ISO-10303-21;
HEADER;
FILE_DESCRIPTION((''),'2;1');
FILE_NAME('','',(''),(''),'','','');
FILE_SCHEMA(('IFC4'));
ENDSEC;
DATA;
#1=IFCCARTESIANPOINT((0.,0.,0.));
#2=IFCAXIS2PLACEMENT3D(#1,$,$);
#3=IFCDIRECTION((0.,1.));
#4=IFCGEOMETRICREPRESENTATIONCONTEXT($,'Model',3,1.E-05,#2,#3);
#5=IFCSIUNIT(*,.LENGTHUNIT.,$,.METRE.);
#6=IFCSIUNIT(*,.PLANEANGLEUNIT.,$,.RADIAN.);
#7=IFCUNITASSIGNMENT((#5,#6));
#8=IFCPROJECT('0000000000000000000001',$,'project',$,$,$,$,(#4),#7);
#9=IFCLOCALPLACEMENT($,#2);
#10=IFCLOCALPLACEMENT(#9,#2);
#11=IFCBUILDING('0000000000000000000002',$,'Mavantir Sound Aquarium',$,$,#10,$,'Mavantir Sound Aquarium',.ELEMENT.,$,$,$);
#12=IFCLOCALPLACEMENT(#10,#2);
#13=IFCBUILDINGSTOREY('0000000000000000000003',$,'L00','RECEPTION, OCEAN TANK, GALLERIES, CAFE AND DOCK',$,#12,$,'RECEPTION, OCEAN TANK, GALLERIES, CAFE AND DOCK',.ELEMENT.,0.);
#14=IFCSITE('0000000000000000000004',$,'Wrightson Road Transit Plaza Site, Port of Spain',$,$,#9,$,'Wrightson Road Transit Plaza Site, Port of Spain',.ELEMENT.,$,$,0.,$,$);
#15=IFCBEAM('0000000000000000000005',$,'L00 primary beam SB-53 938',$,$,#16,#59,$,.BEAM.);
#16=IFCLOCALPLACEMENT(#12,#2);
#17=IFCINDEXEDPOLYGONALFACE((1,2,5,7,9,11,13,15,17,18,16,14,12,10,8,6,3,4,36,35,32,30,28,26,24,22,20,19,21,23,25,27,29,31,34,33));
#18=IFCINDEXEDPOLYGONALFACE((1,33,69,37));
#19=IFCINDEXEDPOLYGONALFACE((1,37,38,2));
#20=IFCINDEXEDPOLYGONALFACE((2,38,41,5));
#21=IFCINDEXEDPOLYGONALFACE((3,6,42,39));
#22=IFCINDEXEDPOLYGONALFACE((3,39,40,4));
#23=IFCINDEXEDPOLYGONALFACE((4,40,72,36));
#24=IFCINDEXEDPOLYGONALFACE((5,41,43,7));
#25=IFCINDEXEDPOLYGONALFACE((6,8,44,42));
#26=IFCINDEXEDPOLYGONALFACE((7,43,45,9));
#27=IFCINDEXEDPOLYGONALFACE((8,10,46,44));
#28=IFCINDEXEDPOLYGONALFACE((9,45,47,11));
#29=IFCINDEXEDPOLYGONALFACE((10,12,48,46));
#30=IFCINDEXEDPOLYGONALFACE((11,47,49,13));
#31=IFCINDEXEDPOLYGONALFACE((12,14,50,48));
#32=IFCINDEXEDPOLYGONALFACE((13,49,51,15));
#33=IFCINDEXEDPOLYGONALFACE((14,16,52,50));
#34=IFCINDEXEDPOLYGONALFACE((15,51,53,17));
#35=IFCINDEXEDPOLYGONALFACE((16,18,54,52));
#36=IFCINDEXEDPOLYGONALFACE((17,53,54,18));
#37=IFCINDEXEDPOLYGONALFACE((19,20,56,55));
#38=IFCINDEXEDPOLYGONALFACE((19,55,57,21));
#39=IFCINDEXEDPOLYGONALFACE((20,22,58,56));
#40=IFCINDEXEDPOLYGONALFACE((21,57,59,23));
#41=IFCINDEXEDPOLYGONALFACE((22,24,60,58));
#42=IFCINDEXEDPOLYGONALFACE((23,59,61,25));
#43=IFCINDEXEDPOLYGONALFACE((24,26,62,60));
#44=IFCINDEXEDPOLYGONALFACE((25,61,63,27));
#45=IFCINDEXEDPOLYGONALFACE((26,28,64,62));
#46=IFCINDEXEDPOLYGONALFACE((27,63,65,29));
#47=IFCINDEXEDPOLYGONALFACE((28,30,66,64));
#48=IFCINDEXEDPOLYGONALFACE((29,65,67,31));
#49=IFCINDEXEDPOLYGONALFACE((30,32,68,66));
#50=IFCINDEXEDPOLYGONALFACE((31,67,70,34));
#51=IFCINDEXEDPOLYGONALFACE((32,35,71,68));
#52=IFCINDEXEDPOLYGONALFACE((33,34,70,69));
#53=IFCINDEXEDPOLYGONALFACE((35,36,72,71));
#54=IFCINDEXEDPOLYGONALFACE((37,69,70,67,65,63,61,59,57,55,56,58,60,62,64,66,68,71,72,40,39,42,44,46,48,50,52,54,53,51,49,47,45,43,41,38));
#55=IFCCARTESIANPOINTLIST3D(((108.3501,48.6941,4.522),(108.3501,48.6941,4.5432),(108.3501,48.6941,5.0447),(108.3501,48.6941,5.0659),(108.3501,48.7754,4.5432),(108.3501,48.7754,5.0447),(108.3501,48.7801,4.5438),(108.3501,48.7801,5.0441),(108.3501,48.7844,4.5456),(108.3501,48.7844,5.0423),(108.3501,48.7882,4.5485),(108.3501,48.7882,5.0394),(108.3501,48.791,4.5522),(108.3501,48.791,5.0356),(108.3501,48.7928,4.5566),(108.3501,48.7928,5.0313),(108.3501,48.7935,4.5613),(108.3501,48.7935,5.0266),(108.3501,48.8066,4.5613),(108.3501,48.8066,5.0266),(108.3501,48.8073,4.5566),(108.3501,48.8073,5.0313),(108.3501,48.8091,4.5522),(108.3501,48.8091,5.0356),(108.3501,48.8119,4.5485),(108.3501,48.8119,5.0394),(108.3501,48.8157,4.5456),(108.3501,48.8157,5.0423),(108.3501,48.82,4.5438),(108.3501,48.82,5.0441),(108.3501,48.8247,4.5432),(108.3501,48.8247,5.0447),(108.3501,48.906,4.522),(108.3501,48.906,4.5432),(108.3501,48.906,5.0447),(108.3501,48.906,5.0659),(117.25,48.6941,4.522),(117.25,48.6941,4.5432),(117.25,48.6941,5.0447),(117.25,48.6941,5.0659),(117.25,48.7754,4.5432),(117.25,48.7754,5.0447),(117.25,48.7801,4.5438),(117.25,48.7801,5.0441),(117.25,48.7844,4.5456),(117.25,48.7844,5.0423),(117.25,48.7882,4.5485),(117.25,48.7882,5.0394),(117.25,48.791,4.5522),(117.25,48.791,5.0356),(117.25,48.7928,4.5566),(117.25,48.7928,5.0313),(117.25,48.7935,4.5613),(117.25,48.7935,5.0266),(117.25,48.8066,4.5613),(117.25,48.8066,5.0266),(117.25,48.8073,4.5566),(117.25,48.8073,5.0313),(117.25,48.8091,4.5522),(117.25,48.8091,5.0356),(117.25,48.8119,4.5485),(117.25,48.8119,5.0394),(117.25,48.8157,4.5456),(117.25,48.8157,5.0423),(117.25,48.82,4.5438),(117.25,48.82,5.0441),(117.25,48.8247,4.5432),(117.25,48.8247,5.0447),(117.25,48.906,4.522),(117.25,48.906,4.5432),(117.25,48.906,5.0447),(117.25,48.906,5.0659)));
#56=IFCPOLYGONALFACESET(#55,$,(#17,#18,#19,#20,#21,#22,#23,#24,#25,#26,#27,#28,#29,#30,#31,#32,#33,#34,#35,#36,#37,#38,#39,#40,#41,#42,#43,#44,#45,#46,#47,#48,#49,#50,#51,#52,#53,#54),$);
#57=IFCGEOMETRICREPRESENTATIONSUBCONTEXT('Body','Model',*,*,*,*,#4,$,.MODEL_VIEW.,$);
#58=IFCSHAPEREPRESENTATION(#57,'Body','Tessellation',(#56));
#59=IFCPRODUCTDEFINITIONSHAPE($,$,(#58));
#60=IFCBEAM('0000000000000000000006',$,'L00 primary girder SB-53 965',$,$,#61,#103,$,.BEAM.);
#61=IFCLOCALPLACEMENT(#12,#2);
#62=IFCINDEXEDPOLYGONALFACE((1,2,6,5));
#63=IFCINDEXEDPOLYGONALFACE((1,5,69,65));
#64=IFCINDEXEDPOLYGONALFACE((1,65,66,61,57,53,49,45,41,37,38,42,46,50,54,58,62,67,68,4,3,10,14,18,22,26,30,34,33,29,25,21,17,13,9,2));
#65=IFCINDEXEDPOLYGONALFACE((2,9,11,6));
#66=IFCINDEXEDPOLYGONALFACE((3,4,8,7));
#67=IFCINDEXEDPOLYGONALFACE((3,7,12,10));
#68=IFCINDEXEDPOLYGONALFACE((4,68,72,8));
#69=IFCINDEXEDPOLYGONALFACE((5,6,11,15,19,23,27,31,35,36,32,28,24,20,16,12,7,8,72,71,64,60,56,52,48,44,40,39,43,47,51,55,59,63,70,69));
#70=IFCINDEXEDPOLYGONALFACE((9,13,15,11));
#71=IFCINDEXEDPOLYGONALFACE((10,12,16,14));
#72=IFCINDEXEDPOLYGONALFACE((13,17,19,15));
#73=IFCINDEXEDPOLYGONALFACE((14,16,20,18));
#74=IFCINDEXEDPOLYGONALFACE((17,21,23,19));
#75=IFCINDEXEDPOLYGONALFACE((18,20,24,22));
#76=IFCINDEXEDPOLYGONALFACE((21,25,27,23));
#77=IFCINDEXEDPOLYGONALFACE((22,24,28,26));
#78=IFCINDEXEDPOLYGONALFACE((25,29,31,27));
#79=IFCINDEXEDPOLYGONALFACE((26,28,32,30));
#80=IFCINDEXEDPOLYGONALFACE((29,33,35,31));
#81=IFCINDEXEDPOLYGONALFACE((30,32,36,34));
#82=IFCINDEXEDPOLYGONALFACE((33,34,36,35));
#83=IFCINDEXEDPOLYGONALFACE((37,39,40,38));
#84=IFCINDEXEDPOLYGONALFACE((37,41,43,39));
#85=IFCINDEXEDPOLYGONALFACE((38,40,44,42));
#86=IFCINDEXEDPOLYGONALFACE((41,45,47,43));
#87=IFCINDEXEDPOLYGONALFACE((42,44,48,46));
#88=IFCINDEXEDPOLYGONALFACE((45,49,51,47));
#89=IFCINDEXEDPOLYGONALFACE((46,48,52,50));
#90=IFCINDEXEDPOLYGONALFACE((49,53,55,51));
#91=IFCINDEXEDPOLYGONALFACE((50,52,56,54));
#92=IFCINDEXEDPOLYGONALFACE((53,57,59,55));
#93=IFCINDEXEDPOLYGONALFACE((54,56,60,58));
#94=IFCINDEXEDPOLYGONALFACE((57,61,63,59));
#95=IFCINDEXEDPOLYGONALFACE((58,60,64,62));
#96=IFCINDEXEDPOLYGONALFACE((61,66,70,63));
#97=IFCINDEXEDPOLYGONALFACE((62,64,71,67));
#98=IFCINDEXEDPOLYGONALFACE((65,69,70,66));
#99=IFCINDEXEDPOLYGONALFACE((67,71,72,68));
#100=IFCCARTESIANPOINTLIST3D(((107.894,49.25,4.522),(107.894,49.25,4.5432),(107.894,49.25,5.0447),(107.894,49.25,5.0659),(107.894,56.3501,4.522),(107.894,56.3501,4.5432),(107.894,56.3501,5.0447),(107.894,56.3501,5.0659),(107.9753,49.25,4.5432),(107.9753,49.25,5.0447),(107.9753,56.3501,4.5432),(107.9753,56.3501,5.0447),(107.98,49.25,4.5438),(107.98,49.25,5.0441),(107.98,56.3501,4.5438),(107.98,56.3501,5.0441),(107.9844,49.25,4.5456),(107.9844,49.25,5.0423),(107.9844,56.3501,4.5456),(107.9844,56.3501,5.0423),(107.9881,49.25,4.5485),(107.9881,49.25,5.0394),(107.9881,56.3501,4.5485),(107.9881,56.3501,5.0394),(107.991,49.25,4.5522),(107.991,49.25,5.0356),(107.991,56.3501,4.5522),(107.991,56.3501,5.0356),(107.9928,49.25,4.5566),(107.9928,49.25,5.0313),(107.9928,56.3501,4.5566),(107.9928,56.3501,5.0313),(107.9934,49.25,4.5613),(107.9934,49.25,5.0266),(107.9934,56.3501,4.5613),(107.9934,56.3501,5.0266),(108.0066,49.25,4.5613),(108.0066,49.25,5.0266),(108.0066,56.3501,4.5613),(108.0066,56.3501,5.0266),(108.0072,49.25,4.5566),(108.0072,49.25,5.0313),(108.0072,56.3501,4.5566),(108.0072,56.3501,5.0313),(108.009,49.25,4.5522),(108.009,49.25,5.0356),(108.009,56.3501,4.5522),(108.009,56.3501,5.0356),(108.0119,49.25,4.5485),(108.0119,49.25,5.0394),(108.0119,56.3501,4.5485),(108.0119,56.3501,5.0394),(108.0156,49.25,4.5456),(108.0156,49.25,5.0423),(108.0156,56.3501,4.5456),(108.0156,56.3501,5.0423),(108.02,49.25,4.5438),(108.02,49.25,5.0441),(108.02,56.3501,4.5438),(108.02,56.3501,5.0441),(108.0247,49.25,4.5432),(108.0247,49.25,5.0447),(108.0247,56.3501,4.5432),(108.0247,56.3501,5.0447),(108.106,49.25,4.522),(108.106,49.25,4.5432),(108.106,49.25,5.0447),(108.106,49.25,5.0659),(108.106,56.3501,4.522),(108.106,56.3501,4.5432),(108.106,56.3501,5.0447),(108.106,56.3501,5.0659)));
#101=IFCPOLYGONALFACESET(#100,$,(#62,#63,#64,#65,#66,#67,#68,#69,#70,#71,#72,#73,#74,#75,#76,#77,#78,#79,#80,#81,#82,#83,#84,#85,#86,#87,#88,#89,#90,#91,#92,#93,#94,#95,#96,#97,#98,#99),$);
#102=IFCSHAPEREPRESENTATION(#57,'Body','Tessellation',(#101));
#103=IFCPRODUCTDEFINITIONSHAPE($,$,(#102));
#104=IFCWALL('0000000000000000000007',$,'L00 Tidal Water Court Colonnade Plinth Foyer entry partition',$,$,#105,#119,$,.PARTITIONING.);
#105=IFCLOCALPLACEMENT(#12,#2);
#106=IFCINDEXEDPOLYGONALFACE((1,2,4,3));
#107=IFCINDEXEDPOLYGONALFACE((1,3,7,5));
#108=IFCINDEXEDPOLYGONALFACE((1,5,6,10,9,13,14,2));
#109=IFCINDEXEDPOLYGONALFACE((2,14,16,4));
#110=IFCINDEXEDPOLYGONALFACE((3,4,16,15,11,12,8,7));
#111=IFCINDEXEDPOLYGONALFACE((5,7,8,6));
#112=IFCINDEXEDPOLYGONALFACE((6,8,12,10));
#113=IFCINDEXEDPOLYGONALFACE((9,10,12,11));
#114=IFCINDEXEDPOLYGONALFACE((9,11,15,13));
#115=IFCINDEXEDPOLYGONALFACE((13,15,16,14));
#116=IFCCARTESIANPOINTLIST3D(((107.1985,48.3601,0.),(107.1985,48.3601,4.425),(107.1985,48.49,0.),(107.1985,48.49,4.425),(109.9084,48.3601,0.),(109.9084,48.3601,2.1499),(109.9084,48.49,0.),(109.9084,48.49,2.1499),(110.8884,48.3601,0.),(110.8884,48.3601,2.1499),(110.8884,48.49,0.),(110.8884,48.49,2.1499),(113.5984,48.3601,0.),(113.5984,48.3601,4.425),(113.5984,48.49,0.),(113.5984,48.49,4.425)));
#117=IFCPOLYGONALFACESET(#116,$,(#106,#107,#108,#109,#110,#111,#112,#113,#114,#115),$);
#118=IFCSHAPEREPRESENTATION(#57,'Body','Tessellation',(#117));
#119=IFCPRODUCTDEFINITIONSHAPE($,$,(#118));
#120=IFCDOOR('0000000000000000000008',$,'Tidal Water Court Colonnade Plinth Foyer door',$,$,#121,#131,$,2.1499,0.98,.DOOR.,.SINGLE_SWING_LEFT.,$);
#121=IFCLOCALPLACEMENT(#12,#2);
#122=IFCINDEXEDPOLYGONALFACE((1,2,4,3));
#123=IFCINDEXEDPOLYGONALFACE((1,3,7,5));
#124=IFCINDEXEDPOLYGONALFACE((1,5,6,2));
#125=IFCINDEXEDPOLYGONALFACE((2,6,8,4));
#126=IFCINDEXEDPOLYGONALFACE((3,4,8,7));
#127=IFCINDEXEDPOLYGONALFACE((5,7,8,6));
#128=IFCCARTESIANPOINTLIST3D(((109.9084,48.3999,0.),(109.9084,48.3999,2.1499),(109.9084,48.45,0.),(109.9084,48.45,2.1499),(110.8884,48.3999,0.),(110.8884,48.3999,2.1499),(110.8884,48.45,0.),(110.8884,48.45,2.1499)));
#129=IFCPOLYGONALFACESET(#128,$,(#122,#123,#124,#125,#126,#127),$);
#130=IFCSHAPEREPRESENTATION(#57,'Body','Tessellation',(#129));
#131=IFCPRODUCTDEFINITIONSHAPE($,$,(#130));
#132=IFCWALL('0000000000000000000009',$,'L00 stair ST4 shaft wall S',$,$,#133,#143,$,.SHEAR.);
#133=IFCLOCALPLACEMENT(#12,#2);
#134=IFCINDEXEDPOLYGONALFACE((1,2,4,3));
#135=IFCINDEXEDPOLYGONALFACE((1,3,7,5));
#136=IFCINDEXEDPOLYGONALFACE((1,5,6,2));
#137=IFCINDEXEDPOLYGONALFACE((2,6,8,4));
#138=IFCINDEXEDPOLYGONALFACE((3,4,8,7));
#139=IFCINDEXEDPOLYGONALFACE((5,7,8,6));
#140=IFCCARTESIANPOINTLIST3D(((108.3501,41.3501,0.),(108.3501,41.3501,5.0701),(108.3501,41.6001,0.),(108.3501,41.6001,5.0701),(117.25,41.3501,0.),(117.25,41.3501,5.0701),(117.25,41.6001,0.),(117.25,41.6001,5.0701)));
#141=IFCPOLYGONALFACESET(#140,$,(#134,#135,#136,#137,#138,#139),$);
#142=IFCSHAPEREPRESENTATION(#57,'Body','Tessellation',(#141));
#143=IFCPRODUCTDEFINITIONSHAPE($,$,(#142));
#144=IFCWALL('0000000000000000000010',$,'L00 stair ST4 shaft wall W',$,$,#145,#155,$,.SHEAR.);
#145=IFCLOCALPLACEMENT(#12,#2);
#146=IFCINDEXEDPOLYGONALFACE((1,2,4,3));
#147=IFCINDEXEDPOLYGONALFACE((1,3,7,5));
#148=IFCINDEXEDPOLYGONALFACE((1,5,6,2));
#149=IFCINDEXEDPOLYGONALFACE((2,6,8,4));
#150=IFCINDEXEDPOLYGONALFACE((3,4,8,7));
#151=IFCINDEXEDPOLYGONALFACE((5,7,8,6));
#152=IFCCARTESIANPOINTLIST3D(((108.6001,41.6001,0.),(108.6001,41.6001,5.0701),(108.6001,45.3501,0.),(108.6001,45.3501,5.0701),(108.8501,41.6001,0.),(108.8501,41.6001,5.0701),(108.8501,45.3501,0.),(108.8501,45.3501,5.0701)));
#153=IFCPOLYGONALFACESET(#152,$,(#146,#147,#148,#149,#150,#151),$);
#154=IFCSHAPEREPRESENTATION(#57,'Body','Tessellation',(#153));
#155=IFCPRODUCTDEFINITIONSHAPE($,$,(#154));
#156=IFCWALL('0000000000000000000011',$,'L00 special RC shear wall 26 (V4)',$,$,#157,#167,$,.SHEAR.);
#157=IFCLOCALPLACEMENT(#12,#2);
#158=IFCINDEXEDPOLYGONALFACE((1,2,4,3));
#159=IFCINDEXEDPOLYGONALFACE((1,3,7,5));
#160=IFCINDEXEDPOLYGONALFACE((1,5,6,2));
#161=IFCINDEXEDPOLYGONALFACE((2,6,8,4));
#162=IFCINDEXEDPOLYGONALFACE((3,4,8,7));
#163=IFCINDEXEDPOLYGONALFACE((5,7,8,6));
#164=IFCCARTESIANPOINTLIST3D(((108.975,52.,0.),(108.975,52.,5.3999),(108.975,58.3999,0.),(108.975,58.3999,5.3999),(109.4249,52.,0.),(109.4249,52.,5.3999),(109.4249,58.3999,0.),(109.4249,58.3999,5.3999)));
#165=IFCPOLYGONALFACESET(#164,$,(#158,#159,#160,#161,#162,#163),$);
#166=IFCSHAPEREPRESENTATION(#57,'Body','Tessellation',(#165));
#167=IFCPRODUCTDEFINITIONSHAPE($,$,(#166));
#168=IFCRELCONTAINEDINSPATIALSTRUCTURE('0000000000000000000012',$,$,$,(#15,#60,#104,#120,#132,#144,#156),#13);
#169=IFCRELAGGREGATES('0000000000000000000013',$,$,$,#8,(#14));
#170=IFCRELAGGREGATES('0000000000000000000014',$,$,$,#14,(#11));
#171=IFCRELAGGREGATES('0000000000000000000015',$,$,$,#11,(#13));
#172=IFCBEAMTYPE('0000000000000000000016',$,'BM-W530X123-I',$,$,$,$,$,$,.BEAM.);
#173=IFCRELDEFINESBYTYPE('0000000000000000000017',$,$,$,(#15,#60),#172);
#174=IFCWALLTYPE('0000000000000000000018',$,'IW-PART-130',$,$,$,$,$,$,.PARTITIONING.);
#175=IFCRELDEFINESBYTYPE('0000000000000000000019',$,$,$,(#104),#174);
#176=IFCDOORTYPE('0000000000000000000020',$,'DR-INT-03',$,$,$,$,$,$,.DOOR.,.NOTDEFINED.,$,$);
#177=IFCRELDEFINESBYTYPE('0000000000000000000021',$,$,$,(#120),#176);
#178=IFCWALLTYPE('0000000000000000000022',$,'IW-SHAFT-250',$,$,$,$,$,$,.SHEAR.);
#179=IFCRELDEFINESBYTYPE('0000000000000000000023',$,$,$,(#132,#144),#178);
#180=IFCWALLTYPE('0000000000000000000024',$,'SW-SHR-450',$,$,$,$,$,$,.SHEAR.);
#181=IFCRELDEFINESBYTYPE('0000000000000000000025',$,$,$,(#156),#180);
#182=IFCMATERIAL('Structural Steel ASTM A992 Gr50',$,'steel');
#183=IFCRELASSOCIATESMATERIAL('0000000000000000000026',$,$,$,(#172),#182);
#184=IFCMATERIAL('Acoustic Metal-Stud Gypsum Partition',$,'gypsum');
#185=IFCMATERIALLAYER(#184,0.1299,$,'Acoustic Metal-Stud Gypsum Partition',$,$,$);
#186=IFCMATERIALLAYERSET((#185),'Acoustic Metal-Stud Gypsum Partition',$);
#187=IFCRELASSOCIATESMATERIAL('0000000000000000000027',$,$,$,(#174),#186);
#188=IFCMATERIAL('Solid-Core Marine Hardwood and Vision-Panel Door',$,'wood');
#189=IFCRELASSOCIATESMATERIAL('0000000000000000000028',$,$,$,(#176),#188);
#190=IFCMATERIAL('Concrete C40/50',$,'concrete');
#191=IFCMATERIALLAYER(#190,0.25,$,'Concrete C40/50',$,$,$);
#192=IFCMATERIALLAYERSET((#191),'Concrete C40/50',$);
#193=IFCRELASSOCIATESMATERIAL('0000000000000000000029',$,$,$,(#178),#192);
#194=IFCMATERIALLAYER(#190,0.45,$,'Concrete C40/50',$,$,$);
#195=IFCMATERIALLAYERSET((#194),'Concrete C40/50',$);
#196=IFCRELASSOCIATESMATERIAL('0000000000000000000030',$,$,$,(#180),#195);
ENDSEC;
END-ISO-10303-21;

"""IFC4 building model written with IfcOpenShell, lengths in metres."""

from ifc_helpers import new_model, si_unit, direction, frame, frame_2d, origin, origin_2d, place, context, subcontext, project, spatial, rectangle, i_section, extrude, material, layer, layer_set, material_profile, profile_set, type_object, element, fill, save


model = new_model("IFC4")

# Units and contexts
model_context = context("Model", 3, precision=1e-05, world=origin(), true_north=direction((0.0, 1.0)))
body_context = subcontext(model_context, "Body", "Model", "MODEL_VIEW")
ifc_project = project(units=[si_unit("LENGTHUNIT", "METRE"), si_unit("PLANEANGLEUNIT", "RADIAN")], contexts=[model_context])

# Site, building, storey
site_placement = place(None, origin())
site = spatial("IfcSite", under=ifc_project, at=site_placement, Name="Wrightson Road Transit Plaza Site, Port of Spain", LongName="Wrightson Road Transit Plaza Site, Port of Spain", CompositionType="ELEMENT", RefElevation=0.0)
building_placement = place(site_placement, origin())
building = spatial("IfcBuilding", under=site, at=building_placement, Name="Mavantir Sound Aquarium", LongName="Mavantir Sound Aquarium", CompositionType="ELEMENT")
storey_placement = place(building_placement, origin())
storey = spatial("IfcBuildingStorey", under=building, at=storey_placement, Name="L00", Description="RECEPTION, OCEAN TANK, GALLERIES, CAFE AND DOCK", LongName="RECEPTION, OCEAN TANK, GALLERIES, CAFE AND DOCK", CompositionType="ELEMENT", Elevation=0.0)

# Shared definitions
ifc_material_1 = material(Name="Concrete C40/50", Category="concrete")

# Beams
ifc_material_2 = material(Name="Structural Steel ASTM A992 Gr50", Category="steel")
ifc_material_profile_1 = material_profile(ifc_material_2, i_section(OverallWidth=0.2119, OverallDepth=0.5439, WebThickness=0.0132, FlangeThickness=0.0212, FilletRadius=0.0181, at=origin_2d()), Name="W530X123")
ifc_profile_set_1 = profile_set([ifc_material_profile_1], Name="Structural Steel ASTM A992 Gr50")
beam_type_1 = type_object("IfcBeamType", Name="BM-W530X123-I", PredefinedType="BEAM", material=ifc_profile_set_1)
beam_1_placement = place(storey_placement, frame((108.3501, 48.8, 4.7939), z_axis=(1.0, 0.0, 0.0), x_axis=(0.0, 1.0, 0.0)))
element("IfcBeam", 1, at=beam_1_placement, inside=storey, type_object=beam_type_1, Name="L00 primary beam SB-53 938", PredefinedType="BEAM", context=body_context, shape_type="SweptSolid", body=[
    extrude(i_section(OverallWidth=0.2119, OverallDepth=0.5439, WebThickness=0.0132, FlangeThickness=0.0212, FilletRadius=0.0181, at=origin_2d()), origin(), (0.0, 0.0, 1.0), 8.8999),
])
beam_2_placement = place(storey_placement, frame((108.0, 49.25, 4.7939), z_axis=(0.0, 1.0, 0.0), x_axis=(-1.0, 0.0, 0.0)))
element("IfcBeam", 2, at=beam_2_placement, inside=storey, type_object=beam_type_1, Name="L00 primary girder SB-53 965", PredefinedType="BEAM", context=body_context, shape_type="SweptSolid", body=[
    extrude(i_section(OverallWidth=0.2119, OverallDepth=0.5439, WebThickness=0.0132, FlangeThickness=0.0212, FilletRadius=0.0181, at=origin_2d()), origin(), (0.0, 0.0, 1.0), 7.1001),
])

# Wall, opening, door
ifc_material_3 = material(Name="Acoustic Metal-Stud Gypsum Partition", Category="gypsum")
ifc_layer_1 = layer(ifc_material_3, 0.1299, Name="Acoustic Metal-Stud Gypsum Partition")
ifc_layer_set_1 = layer_set([ifc_layer_1], Name="Acoustic Metal-Stud Gypsum Partition")
wall_type_1 = type_object("IfcWallType", Name="IW-PART-130", PredefinedType="PARTITIONING", material=ifc_layer_set_1)
wall_1_placement = place(storey_placement, frame((107.1985, 48.425, 0.0), z_axis=(0.0, 0.0, 1.0), x_axis=(1.0, 0.0, 0.0)))
wall_1 = element("IfcWall", 3, at=wall_1_placement, inside=storey, type_object=wall_type_1, Name="L00 Tidal Water Court Colonnade Plinth Foyer entry partition", PredefinedType="PARTITIONING", context=body_context, shape_type="SweptSolid", body=[
    extrude(rectangle(XDim=6.3999, YDim=0.1299, at=frame_2d((3.2, 0.0))), origin(), (0.0, 0.0, 1.0), 4.425),
])
opening_placement = place(wall_1_placement, frame((2.71, 0.0, 0.0)))
opening = element("IfcOpeningElement", 4, at=opening_placement, cuts=wall_1, PredefinedType="OPENING", context=body_context, shape_type="SweptSolid", body=[
    extrude(rectangle(XDim=0.98, YDim=2.1499, at=frame_2d((0.49, 1.075))), frame((0.0, 0.075, 0.0), z_axis=(0.0, -1.0, 0.0), x_axis=(1.0, 0.0, 0.0)), (0.0, 0.0, 1.0), 0.1499),
])
ifc_material_4 = material(Name="Solid-Core Marine Hardwood and Vision-Panel Door", Category="wood")
door_type = type_object("IfcDoorType", Name="DR-INT-03", OperationType="NOTDEFINED", PredefinedType="DOOR", material=ifc_material_4)
door_placement = place(opening_placement, origin())
door = element("IfcDoor", 5, at=door_placement, inside=storey, type_object=door_type, Name="Tidal Water Court Colonnade Plinth Foyer door", OperationType="SINGLE_SWING_LEFT", OverallHeight=2.1499, OverallWidth=0.98, PredefinedType="DOOR", context=body_context, shape_type="SweptSolid", body=[
    extrude(rectangle(XDim=0.98, YDim=2.1499, at=frame_2d((0.49, 1.075))), frame((0.0, 0.0249, 0.0), z_axis=(0.0, -1.0, 0.0), x_axis=(1.0, 0.0, 0.0)), (0.0, 0.0, 1.0), 0.05),
])
fill(opening, door)

# Walls
ifc_layer_2 = layer(ifc_material_1, 0.25, Name="Concrete C40/50")
ifc_layer_set_2 = layer_set([ifc_layer_2], Name="Concrete C40/50")
wall_type_2 = type_object("IfcWallType", Name="IW-SHAFT-250", PredefinedType="SHEAR", material=ifc_layer_set_2)
wall_2_placement = place(storey_placement, frame((108.3501, 41.4751, 0.0), z_axis=(0.0, 0.0, 1.0), x_axis=(1.0, 0.0, 0.0)))
element("IfcWall", 6, at=wall_2_placement, inside=storey, type_object=wall_type_2, Name="L00 stair ST4 shaft wall S", PredefinedType="SHEAR", context=body_context, shape_type="SweptSolid", body=[
    extrude(rectangle(XDim=8.8999, YDim=0.25, at=frame_2d((4.45, 0.0))), origin(), (0.0, 0.0, 1.0), 5.0701),
])
wall_3_placement = place(storey_placement, frame((108.7251, 45.3501, 0.0), z_axis=(0.0, 0.0, 1.0), x_axis=(0.0, -1.0, 0.0)))
element("IfcWall", 7, at=wall_3_placement, inside=storey, type_object=wall_type_2, Name="L00 stair ST4 shaft wall W", PredefinedType="SHEAR", context=body_context, shape_type="SweptSolid", body=[
    extrude(rectangle(XDim=3.75, YDim=0.25, at=frame_2d((1.875, 0.0))), origin(), (0.0, 0.0, 1.0), 5.0701),
])
ifc_layer_3 = layer(ifc_material_1, 0.45, Name="Concrete C40/50")
ifc_layer_set_3 = layer_set([ifc_layer_3], Name="Concrete C40/50")
wall_type_3 = type_object("IfcWallType", Name="SW-SHR-450", PredefinedType="SHEAR", material=ifc_layer_set_3)
wall_4_placement = place(storey_placement, frame((109.2, 52.0, 0.0), z_axis=(0.0, 0.0, 1.0), x_axis=(0.0, 1.0, 0.0)))
element("IfcWall", 8, at=wall_4_placement, inside=storey, type_object=wall_type_3, Name="L00 special RC shear wall 26 (V4)", PredefinedType="SHEAR", context=body_context, shape_type="SweptSolid", body=[
    extrude(rectangle(XDim=6.3999, YDim=0.45, at=frame_2d((3.2, 0.0))), origin(), (0.0, 0.0, 1.0), 5.3999),
])

save(model, "model.ifc")
